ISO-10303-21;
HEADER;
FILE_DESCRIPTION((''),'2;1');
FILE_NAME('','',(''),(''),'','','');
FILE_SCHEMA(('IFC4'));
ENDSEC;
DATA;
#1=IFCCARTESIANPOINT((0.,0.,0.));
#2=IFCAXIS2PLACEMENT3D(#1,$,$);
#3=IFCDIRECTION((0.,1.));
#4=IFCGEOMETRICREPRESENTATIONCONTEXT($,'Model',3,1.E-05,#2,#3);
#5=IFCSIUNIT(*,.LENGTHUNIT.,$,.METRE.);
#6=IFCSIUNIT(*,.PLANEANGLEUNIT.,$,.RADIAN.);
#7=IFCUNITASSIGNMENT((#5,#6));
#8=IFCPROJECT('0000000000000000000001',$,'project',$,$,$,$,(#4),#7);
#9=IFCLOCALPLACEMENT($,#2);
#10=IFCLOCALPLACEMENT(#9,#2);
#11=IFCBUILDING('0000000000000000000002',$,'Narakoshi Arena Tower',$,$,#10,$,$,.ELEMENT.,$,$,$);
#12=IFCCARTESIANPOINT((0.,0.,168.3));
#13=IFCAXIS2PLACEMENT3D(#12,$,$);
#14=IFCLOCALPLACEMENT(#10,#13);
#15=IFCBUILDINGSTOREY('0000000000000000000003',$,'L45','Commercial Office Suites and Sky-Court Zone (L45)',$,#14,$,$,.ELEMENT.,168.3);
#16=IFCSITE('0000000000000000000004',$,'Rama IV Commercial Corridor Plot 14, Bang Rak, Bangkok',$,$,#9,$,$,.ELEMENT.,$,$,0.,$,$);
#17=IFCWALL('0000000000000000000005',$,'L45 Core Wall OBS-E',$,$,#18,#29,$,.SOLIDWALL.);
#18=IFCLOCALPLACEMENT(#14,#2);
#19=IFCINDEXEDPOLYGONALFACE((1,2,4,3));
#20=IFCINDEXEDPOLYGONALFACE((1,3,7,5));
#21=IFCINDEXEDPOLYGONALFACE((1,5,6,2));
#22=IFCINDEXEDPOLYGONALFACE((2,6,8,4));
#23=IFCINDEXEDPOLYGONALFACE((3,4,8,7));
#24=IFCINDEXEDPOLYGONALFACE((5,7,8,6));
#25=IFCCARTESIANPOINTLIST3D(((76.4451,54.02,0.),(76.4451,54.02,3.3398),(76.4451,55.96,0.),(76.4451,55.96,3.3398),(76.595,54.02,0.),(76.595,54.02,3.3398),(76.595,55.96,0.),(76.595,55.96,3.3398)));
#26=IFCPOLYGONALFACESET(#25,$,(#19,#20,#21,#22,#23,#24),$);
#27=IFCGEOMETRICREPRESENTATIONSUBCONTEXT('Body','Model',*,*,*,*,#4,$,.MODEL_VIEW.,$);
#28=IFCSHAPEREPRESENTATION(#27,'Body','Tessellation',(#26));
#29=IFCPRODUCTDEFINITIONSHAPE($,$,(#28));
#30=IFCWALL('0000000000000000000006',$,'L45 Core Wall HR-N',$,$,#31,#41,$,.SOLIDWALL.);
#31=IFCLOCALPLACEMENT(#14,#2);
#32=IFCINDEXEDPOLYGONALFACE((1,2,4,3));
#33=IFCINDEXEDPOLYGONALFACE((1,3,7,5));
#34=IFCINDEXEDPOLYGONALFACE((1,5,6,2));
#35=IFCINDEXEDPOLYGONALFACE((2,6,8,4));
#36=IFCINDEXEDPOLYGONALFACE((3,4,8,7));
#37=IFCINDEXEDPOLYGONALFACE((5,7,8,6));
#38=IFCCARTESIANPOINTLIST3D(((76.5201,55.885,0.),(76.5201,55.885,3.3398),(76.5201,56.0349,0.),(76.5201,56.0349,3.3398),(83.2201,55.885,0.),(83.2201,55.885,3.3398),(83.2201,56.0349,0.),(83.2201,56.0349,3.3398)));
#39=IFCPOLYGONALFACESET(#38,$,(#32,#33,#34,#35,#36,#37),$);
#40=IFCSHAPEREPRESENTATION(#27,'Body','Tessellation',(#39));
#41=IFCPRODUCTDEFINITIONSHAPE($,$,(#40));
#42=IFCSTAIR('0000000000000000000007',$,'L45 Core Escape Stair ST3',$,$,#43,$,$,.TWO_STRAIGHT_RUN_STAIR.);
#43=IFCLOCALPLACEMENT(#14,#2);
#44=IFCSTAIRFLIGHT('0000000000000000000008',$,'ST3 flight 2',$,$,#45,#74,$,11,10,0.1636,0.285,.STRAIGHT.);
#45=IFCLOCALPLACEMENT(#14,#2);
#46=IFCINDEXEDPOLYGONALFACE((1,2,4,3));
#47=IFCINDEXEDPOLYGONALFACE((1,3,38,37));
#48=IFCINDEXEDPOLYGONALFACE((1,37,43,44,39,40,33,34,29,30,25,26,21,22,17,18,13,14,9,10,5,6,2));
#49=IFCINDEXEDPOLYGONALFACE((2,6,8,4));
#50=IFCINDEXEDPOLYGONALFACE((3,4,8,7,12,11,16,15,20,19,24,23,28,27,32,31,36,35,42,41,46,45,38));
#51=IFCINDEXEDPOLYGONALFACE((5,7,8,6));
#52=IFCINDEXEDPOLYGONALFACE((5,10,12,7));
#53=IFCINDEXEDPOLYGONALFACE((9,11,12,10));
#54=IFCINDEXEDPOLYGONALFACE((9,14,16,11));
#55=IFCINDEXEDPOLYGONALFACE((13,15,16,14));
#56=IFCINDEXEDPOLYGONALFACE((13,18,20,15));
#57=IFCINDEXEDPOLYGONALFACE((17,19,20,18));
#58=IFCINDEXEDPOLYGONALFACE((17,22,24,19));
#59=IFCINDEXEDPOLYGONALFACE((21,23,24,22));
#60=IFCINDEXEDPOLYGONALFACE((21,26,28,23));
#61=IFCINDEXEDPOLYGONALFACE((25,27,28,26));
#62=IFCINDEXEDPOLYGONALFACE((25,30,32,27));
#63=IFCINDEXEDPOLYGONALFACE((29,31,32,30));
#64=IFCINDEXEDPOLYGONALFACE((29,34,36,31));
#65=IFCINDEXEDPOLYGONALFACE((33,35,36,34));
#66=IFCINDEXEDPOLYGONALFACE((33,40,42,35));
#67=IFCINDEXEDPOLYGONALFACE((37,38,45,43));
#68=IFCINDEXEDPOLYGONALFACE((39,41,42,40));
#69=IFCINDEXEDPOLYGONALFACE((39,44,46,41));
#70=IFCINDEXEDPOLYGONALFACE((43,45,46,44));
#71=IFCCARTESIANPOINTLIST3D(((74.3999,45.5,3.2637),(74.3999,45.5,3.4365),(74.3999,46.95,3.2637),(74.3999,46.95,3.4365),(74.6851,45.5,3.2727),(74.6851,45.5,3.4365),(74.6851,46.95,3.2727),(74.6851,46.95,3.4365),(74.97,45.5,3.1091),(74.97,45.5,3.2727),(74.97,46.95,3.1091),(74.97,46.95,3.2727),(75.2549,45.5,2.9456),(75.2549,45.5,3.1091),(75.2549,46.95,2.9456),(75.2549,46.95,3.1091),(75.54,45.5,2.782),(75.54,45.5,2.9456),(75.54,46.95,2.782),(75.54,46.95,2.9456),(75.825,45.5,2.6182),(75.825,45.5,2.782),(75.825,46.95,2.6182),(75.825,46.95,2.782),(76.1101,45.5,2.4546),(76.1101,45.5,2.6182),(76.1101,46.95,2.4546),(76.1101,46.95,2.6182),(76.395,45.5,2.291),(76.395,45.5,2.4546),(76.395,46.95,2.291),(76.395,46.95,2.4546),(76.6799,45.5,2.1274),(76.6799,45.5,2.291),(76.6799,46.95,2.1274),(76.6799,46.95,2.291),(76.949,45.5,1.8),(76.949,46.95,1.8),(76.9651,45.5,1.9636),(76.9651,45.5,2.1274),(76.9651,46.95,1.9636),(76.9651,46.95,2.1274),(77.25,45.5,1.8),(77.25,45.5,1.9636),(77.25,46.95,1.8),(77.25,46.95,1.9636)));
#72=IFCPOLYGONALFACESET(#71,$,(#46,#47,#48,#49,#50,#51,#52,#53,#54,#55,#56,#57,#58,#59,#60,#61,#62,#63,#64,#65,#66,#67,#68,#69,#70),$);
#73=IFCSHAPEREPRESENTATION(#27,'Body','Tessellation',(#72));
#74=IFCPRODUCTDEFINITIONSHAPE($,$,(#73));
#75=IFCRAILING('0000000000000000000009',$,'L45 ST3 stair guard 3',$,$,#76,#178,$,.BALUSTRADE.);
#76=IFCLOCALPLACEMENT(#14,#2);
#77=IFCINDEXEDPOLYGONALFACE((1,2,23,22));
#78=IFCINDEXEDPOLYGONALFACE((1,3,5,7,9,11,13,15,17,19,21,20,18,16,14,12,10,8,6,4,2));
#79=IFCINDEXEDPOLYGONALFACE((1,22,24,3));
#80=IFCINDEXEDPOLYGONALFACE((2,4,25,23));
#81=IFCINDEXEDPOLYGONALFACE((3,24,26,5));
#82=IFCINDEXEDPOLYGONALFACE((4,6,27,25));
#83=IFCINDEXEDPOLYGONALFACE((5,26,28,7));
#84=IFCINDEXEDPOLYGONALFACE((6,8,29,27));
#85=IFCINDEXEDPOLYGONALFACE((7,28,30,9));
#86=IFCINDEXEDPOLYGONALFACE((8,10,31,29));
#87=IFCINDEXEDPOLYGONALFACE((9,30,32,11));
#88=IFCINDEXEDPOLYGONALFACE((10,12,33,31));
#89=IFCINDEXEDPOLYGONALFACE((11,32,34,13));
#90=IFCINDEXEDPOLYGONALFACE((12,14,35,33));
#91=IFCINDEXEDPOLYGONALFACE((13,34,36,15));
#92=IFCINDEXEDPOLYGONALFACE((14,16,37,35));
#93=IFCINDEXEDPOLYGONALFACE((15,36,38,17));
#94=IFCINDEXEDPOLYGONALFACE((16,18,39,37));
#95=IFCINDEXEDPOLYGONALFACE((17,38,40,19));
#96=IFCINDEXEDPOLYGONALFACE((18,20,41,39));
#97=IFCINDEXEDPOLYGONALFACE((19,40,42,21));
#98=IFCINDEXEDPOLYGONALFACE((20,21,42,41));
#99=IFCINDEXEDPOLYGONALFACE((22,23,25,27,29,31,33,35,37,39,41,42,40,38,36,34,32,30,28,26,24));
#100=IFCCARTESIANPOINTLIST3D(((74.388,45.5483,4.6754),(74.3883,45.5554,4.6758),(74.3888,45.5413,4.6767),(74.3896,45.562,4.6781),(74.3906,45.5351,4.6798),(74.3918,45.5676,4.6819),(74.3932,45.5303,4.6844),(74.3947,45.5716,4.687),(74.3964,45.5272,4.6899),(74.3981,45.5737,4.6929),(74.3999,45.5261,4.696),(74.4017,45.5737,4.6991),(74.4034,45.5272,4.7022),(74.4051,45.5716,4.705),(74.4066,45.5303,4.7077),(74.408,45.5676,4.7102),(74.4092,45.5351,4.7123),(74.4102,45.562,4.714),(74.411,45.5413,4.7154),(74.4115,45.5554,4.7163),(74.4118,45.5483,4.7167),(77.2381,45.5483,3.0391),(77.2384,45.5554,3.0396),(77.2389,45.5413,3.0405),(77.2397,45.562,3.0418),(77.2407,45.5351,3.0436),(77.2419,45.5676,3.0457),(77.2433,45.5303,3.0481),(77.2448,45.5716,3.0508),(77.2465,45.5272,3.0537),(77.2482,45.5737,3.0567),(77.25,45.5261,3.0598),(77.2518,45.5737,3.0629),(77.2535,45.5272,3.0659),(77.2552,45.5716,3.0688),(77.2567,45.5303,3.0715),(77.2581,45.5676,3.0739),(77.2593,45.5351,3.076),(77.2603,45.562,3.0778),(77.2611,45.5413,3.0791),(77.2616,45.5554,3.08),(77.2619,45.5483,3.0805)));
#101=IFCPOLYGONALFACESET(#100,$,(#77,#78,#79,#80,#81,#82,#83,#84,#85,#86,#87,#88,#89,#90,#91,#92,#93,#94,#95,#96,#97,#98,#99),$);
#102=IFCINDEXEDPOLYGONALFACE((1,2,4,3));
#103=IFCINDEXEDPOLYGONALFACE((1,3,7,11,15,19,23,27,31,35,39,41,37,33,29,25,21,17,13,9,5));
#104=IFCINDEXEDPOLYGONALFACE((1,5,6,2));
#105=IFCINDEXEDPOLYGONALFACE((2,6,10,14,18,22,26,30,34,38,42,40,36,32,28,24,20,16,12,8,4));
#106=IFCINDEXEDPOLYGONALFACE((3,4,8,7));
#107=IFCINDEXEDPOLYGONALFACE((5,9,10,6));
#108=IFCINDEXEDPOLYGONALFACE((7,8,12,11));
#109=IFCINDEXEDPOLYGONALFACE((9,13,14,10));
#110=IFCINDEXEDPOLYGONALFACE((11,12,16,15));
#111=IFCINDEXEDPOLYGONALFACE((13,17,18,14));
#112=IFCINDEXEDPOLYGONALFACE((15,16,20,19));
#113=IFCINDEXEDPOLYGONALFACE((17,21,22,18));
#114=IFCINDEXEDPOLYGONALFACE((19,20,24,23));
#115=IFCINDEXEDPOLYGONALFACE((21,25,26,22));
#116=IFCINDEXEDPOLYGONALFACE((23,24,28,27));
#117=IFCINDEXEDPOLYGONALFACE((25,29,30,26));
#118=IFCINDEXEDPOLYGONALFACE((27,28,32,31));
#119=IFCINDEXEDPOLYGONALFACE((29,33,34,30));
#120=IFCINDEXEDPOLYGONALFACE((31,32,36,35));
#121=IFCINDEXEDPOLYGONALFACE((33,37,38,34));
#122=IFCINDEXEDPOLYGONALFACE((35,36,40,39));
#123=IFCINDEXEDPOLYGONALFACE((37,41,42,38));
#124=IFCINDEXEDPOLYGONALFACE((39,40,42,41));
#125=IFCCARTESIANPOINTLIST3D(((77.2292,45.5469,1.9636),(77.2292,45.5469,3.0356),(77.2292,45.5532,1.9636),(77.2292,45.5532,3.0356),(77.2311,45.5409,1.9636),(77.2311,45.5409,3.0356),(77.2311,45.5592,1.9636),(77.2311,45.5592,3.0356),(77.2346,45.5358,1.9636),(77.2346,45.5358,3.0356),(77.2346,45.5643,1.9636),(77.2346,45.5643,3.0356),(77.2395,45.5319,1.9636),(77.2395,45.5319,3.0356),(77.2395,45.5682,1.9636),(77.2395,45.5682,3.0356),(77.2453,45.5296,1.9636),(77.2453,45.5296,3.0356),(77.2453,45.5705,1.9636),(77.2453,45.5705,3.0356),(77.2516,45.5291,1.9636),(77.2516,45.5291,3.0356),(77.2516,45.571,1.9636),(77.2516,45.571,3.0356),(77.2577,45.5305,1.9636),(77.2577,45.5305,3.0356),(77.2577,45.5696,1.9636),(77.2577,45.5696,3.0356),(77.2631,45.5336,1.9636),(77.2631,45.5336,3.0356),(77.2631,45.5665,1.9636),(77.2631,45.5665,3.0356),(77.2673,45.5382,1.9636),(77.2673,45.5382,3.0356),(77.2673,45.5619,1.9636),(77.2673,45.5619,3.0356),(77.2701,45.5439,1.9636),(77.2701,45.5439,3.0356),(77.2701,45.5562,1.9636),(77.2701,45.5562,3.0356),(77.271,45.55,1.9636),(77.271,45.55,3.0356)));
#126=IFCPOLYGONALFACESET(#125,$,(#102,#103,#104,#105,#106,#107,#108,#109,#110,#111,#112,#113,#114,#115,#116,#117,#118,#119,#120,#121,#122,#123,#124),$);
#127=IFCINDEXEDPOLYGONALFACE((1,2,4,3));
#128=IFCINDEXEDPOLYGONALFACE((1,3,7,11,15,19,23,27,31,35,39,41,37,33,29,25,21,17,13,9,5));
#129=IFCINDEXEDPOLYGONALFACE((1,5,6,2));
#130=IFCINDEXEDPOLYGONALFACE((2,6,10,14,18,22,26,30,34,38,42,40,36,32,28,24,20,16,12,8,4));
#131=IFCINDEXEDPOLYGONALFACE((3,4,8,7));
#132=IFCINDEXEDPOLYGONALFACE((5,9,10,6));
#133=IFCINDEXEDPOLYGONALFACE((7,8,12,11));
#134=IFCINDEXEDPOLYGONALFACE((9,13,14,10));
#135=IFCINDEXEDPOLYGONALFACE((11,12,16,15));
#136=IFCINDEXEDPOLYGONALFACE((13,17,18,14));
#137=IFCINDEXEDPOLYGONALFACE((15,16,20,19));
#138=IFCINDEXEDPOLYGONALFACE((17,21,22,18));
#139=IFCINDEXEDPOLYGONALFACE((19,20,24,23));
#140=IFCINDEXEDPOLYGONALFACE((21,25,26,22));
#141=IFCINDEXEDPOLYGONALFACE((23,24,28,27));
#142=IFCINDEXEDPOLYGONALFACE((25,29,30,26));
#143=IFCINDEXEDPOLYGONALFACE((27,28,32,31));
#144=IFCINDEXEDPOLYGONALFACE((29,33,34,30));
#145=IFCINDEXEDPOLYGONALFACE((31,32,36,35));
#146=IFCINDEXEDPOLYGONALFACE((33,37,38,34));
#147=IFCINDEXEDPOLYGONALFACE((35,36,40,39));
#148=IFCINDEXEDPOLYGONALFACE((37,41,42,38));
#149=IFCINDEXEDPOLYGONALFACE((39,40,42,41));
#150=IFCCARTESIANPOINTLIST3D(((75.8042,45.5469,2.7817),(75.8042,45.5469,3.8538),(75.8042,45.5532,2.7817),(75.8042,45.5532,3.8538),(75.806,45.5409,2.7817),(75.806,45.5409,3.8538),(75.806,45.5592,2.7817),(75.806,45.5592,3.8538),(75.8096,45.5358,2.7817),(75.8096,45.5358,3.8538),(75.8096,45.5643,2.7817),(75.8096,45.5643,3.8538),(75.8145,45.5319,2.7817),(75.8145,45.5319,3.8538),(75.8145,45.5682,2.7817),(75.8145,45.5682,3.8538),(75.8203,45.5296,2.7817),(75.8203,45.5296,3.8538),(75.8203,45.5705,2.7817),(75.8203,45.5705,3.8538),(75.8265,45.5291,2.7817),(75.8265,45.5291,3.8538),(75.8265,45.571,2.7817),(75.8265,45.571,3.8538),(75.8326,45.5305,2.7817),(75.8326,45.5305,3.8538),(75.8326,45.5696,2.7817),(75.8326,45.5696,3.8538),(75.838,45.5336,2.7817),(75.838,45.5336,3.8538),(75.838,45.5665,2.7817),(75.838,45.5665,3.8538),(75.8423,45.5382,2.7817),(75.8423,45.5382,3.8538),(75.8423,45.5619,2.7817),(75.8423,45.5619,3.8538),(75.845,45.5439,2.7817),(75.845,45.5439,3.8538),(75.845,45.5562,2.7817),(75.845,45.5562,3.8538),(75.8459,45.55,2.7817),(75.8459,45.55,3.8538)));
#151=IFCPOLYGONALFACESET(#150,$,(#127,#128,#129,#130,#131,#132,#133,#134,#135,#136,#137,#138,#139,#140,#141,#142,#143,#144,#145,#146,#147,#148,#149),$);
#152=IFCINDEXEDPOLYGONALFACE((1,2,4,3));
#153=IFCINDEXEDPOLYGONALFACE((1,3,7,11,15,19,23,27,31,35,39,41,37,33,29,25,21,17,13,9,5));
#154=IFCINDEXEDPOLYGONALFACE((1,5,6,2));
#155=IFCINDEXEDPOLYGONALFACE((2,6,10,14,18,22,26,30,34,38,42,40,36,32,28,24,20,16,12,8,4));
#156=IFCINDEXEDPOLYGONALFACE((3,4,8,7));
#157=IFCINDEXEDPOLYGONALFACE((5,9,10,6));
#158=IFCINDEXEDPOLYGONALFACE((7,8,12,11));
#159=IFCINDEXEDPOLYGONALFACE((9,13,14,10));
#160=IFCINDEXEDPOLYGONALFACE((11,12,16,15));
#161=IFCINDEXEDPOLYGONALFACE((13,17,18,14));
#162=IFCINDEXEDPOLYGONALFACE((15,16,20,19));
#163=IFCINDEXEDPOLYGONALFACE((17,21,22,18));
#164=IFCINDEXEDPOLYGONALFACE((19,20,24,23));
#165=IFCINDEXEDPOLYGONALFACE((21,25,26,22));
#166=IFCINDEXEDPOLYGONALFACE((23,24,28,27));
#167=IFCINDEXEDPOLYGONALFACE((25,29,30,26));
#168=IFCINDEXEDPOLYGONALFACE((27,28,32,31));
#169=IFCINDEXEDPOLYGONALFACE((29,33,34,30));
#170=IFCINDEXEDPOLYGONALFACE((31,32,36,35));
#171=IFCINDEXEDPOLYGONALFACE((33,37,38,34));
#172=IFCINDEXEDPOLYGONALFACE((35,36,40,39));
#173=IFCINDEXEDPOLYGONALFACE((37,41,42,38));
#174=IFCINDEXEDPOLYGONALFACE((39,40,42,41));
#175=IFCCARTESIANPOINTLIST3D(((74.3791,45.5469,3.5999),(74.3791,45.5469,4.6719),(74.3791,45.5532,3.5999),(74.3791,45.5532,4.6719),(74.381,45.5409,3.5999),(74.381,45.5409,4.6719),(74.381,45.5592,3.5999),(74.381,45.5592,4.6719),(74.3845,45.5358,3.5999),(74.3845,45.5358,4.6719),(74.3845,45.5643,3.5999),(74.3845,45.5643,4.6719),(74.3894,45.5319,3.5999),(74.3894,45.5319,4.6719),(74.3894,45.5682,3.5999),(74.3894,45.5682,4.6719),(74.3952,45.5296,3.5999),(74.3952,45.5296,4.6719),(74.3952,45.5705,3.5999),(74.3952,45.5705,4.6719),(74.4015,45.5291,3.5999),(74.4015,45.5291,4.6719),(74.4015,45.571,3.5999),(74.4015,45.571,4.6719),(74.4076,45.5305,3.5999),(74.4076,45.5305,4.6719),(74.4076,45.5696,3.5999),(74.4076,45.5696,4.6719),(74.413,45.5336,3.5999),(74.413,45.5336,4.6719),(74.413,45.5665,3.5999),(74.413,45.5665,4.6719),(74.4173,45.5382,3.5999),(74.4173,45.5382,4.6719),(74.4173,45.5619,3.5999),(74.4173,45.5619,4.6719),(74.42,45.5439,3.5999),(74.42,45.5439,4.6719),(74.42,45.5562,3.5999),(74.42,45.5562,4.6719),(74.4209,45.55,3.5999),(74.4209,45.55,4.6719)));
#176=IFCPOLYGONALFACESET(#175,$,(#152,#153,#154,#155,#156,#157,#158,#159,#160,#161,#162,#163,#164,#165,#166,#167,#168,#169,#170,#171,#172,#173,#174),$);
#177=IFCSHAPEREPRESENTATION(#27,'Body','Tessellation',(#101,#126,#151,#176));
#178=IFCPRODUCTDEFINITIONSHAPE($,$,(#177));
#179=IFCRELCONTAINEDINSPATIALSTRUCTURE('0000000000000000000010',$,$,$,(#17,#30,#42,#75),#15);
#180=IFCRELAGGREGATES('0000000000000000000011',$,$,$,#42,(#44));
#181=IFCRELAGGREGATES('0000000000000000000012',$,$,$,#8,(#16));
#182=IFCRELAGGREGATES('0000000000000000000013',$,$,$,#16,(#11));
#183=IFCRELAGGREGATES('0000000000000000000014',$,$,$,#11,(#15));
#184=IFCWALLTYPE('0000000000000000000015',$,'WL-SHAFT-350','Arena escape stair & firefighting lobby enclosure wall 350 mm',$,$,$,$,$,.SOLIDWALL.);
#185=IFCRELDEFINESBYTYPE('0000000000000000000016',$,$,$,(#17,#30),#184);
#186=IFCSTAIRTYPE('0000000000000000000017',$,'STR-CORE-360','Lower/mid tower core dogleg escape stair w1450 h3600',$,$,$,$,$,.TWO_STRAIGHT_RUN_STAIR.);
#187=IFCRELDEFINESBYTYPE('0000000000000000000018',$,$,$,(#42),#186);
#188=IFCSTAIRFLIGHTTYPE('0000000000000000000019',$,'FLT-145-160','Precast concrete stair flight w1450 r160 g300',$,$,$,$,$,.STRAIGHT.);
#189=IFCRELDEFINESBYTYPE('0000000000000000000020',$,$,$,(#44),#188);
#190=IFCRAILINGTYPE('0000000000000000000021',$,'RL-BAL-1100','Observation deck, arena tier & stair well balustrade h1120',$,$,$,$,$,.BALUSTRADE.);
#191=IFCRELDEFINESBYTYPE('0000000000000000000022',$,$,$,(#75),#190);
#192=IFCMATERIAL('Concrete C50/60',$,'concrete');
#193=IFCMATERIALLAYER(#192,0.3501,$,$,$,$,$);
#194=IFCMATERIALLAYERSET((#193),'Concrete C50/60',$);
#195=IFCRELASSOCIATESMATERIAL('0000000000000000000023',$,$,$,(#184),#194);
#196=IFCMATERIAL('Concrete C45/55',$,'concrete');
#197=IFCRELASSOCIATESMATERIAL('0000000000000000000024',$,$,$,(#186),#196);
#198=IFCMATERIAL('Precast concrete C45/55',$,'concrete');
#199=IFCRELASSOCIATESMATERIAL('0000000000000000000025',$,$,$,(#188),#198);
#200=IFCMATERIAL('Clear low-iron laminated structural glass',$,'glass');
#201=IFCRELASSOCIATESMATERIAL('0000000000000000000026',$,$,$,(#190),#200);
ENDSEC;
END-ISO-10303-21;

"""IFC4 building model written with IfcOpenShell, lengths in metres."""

from ifc_helpers import new_model, si_unit, direction, frame, frame_2d, origin, origin_2d, place, context, subcontext, project, spatial, polyline, rectangle, circle, outline, extrude, material, layer, layer_set, type_object, element, aggregate, save


model = new_model("IFC4")

# Units and contexts
model_context = context("Model", 3, precision=1e-05, world=origin(), true_north=direction((0.0, 1.0)))
body_context = subcontext(model_context, "Body", "Model", "MODEL_VIEW")
ifc_project = project(units=[si_unit("LENGTHUNIT", "METRE"), si_unit("PLANEANGLEUNIT", "RADIAN")], contexts=[model_context])

# Site, building, storey
site_placement = place(None, origin())
site = spatial("IfcSite", under=ifc_project, at=site_placement, Name="Rama IV Commercial Corridor Plot 14, Bang Rak, Bangkok", CompositionType="ELEMENT", RefElevation=0.0)
building_placement = place(site_placement, origin())
building = spatial("IfcBuilding", under=site, at=building_placement, Name="Narakoshi Arena Tower", CompositionType="ELEMENT")
storey_placement = place(building_placement, frame((0.0, 0.0, 168.3)))
storey = spatial("IfcBuildingStorey", under=building, at=storey_placement, Name="L45", Description="Commercial Office Suites and Sky-Court Zone (L45)", CompositionType="ELEMENT", Elevation=168.3)

# Shared definitions
ifc_material_1 = material(Name="Concrete C50/60", Category="concrete")
ifc_layer_1 = layer(ifc_material_1, 0.3501)
ifc_layer_set_1 = layer_set([ifc_layer_1], Name="Concrete C50/60")
wall_type_1 = type_object("IfcWallType", Name="WL-SHAFT-350", Description="Arena escape stair & firefighting lobby enclosure wall 350 mm", PredefinedType="SOLIDWALL", material=ifc_layer_set_1)

# Walls
wall_1_placement = place(storey_placement, frame((76.52, 54.02, 0.0), z_axis=(0.0, 0.0, 1.0), x_axis=(0.0, 1.0, 0.0)))
element("IfcWall", 1, at=wall_1_placement, inside=storey, type_object=wall_type_1, Name="L45 Core Wall OBS-E", PredefinedType="SOLIDWALL", context=body_context, shape_type="SweptSolid", body=[
    extrude(rectangle(XDim=1.9399, YDim=0.1499, at=frame_2d((0.97, 0.0))), origin(), (0.0, 0.0, 1.0), 3.3398),
])
wall_2_placement = place(storey_placement, frame((76.52, 55.96, 0.0), z_axis=(0.0, 0.0, 1.0), x_axis=(1.0, 0.0, 0.0)))
element("IfcWall", 2, at=wall_2_placement, inside=storey, type_object=wall_type_1, Name="L45 Core Wall HR-N", PredefinedType="SOLIDWALL", context=body_context, shape_type="SweptSolid", body=[
    extrude(rectangle(XDim=6.7, YDim=0.1499, at=frame_2d((3.3501, 0.0))), origin(), (0.0, 0.0, 1.0), 3.3398),
])

# Stair, stair flight
ifc_material_2 = material(Name="Concrete C45/55", Category="concrete")
stair_type = type_object("IfcStairType", Name="STR-CORE-360", Description="Lower/mid tower core dogleg escape stair w1450 h3600", PredefinedType="TWO_STRAIGHT_RUN_STAIR", material=ifc_material_2)
stair_placement = place(storey_placement, origin())
stair = element("IfcStair", 3, at=stair_placement, inside=storey, type_object=stair_type, Name="L45 Core Escape Stair ST3", PredefinedType="TWO_STRAIGHT_RUN_STAIR")
ifc_material_3 = material(Name="Precast concrete C45/55", Category="concrete")
stair_flight_type = type_object("IfcStairFlightType", Name="FLT-145-160", Description="Precast concrete stair flight w1450 r160 g300", PredefinedType="STRAIGHT", material=ifc_material_3)
stair_flight_placement = place(storey_placement, frame((77.25, 46.2251, 1.8), z_axis=(0.0, 0.0, 1.0), x_axis=(-1.0, 0.0, 0.0)))
stair_flight = element("IfcStairFlight", 4, at=stair_flight_placement, type_object=stair_flight_type, Name="ST3 flight 2", NumberOfRisers=11, NumberOfTreads=10, PredefinedType="STRAIGHT", RiserHeight=0.1636, TreadLength=0.285, context=body_context, shape_type="SweptSolid", body=[
    extrude(outline(polyline([(0.0, 0.0), (0.0, 0.1636), (0.2849, 0.1636), (0.2849, 0.3274), (0.5701, 0.3274), (0.5701, 0.491), (0.855, 0.491), (0.855, 0.6545), (1.1399, 0.6545), (1.1399, 0.8181), (1.425, 0.8181), (1.425, 0.9819), (1.71, 0.9819), (1.71, 1.1455), (1.9951, 1.1455), (1.9951, 1.3091), (2.28, 1.3091), (2.28, 1.4727), (2.5649, 1.4727), (2.5649, 1.6365), (2.8501, 1.6365), (2.8501, 1.8), (2.8501, 1.4636), (0.301, 0.0), (0.0, 0.0)])), frame((0.0, 0.7251, 0.0), z_axis=(0.0, -1.0, 0.0), x_axis=(1.0, 0.0, 0.0)), (0.0, 0.0, 1.0), 1.45),
])
aggregate(stair, [stair_flight])

# Railing
ifc_material_4 = material(Name="Clear low-iron laminated structural glass", Category="glass")
railing_type_1 = type_object("IfcRailingType", Name="RL-BAL-1100", Description="Observation deck, arena tier & stair well balustrade h1120", PredefinedType="BALUSTRADE", material=ifc_material_4)
railing_1_placement = place(storey_placement, frame((77.25, 45.55, 1.9636)))
element("IfcRailing", 5, at=railing_1_placement, inside=storey, type_object=railing_type_1, Name="L45 ST3 stair guard 3", PredefinedType="BALUSTRADE", context=body_context, shape_type="SweptSolid", body=[
    extrude(circle(Radius=0.0239, at=origin_2d()), frame((0.0, 0.0, 1.0962), z_axis=(-0.867245, 0.0, 0.497882), x_axis=(0.0, -1.0, 0.0)), (0.0, 0.0, 1.0), 3.2864),
    extrude(circle(Radius=0.021, at=origin_2d()), origin(), (0.0, 0.0, 1.0), 1.072),
    extrude(circle(Radius=0.021, at=origin_2d()), frame((-1.425, 0.0, 0.8181)), (0.0, 0.0, 1.0), 1.072),
    extrude(circle(Radius=0.021, at=origin_2d()), frame((-2.8501, 0.0, 1.6362)), (0.0, 0.0, 1.0), 1.072),
])

save(model, "model.ifc")
